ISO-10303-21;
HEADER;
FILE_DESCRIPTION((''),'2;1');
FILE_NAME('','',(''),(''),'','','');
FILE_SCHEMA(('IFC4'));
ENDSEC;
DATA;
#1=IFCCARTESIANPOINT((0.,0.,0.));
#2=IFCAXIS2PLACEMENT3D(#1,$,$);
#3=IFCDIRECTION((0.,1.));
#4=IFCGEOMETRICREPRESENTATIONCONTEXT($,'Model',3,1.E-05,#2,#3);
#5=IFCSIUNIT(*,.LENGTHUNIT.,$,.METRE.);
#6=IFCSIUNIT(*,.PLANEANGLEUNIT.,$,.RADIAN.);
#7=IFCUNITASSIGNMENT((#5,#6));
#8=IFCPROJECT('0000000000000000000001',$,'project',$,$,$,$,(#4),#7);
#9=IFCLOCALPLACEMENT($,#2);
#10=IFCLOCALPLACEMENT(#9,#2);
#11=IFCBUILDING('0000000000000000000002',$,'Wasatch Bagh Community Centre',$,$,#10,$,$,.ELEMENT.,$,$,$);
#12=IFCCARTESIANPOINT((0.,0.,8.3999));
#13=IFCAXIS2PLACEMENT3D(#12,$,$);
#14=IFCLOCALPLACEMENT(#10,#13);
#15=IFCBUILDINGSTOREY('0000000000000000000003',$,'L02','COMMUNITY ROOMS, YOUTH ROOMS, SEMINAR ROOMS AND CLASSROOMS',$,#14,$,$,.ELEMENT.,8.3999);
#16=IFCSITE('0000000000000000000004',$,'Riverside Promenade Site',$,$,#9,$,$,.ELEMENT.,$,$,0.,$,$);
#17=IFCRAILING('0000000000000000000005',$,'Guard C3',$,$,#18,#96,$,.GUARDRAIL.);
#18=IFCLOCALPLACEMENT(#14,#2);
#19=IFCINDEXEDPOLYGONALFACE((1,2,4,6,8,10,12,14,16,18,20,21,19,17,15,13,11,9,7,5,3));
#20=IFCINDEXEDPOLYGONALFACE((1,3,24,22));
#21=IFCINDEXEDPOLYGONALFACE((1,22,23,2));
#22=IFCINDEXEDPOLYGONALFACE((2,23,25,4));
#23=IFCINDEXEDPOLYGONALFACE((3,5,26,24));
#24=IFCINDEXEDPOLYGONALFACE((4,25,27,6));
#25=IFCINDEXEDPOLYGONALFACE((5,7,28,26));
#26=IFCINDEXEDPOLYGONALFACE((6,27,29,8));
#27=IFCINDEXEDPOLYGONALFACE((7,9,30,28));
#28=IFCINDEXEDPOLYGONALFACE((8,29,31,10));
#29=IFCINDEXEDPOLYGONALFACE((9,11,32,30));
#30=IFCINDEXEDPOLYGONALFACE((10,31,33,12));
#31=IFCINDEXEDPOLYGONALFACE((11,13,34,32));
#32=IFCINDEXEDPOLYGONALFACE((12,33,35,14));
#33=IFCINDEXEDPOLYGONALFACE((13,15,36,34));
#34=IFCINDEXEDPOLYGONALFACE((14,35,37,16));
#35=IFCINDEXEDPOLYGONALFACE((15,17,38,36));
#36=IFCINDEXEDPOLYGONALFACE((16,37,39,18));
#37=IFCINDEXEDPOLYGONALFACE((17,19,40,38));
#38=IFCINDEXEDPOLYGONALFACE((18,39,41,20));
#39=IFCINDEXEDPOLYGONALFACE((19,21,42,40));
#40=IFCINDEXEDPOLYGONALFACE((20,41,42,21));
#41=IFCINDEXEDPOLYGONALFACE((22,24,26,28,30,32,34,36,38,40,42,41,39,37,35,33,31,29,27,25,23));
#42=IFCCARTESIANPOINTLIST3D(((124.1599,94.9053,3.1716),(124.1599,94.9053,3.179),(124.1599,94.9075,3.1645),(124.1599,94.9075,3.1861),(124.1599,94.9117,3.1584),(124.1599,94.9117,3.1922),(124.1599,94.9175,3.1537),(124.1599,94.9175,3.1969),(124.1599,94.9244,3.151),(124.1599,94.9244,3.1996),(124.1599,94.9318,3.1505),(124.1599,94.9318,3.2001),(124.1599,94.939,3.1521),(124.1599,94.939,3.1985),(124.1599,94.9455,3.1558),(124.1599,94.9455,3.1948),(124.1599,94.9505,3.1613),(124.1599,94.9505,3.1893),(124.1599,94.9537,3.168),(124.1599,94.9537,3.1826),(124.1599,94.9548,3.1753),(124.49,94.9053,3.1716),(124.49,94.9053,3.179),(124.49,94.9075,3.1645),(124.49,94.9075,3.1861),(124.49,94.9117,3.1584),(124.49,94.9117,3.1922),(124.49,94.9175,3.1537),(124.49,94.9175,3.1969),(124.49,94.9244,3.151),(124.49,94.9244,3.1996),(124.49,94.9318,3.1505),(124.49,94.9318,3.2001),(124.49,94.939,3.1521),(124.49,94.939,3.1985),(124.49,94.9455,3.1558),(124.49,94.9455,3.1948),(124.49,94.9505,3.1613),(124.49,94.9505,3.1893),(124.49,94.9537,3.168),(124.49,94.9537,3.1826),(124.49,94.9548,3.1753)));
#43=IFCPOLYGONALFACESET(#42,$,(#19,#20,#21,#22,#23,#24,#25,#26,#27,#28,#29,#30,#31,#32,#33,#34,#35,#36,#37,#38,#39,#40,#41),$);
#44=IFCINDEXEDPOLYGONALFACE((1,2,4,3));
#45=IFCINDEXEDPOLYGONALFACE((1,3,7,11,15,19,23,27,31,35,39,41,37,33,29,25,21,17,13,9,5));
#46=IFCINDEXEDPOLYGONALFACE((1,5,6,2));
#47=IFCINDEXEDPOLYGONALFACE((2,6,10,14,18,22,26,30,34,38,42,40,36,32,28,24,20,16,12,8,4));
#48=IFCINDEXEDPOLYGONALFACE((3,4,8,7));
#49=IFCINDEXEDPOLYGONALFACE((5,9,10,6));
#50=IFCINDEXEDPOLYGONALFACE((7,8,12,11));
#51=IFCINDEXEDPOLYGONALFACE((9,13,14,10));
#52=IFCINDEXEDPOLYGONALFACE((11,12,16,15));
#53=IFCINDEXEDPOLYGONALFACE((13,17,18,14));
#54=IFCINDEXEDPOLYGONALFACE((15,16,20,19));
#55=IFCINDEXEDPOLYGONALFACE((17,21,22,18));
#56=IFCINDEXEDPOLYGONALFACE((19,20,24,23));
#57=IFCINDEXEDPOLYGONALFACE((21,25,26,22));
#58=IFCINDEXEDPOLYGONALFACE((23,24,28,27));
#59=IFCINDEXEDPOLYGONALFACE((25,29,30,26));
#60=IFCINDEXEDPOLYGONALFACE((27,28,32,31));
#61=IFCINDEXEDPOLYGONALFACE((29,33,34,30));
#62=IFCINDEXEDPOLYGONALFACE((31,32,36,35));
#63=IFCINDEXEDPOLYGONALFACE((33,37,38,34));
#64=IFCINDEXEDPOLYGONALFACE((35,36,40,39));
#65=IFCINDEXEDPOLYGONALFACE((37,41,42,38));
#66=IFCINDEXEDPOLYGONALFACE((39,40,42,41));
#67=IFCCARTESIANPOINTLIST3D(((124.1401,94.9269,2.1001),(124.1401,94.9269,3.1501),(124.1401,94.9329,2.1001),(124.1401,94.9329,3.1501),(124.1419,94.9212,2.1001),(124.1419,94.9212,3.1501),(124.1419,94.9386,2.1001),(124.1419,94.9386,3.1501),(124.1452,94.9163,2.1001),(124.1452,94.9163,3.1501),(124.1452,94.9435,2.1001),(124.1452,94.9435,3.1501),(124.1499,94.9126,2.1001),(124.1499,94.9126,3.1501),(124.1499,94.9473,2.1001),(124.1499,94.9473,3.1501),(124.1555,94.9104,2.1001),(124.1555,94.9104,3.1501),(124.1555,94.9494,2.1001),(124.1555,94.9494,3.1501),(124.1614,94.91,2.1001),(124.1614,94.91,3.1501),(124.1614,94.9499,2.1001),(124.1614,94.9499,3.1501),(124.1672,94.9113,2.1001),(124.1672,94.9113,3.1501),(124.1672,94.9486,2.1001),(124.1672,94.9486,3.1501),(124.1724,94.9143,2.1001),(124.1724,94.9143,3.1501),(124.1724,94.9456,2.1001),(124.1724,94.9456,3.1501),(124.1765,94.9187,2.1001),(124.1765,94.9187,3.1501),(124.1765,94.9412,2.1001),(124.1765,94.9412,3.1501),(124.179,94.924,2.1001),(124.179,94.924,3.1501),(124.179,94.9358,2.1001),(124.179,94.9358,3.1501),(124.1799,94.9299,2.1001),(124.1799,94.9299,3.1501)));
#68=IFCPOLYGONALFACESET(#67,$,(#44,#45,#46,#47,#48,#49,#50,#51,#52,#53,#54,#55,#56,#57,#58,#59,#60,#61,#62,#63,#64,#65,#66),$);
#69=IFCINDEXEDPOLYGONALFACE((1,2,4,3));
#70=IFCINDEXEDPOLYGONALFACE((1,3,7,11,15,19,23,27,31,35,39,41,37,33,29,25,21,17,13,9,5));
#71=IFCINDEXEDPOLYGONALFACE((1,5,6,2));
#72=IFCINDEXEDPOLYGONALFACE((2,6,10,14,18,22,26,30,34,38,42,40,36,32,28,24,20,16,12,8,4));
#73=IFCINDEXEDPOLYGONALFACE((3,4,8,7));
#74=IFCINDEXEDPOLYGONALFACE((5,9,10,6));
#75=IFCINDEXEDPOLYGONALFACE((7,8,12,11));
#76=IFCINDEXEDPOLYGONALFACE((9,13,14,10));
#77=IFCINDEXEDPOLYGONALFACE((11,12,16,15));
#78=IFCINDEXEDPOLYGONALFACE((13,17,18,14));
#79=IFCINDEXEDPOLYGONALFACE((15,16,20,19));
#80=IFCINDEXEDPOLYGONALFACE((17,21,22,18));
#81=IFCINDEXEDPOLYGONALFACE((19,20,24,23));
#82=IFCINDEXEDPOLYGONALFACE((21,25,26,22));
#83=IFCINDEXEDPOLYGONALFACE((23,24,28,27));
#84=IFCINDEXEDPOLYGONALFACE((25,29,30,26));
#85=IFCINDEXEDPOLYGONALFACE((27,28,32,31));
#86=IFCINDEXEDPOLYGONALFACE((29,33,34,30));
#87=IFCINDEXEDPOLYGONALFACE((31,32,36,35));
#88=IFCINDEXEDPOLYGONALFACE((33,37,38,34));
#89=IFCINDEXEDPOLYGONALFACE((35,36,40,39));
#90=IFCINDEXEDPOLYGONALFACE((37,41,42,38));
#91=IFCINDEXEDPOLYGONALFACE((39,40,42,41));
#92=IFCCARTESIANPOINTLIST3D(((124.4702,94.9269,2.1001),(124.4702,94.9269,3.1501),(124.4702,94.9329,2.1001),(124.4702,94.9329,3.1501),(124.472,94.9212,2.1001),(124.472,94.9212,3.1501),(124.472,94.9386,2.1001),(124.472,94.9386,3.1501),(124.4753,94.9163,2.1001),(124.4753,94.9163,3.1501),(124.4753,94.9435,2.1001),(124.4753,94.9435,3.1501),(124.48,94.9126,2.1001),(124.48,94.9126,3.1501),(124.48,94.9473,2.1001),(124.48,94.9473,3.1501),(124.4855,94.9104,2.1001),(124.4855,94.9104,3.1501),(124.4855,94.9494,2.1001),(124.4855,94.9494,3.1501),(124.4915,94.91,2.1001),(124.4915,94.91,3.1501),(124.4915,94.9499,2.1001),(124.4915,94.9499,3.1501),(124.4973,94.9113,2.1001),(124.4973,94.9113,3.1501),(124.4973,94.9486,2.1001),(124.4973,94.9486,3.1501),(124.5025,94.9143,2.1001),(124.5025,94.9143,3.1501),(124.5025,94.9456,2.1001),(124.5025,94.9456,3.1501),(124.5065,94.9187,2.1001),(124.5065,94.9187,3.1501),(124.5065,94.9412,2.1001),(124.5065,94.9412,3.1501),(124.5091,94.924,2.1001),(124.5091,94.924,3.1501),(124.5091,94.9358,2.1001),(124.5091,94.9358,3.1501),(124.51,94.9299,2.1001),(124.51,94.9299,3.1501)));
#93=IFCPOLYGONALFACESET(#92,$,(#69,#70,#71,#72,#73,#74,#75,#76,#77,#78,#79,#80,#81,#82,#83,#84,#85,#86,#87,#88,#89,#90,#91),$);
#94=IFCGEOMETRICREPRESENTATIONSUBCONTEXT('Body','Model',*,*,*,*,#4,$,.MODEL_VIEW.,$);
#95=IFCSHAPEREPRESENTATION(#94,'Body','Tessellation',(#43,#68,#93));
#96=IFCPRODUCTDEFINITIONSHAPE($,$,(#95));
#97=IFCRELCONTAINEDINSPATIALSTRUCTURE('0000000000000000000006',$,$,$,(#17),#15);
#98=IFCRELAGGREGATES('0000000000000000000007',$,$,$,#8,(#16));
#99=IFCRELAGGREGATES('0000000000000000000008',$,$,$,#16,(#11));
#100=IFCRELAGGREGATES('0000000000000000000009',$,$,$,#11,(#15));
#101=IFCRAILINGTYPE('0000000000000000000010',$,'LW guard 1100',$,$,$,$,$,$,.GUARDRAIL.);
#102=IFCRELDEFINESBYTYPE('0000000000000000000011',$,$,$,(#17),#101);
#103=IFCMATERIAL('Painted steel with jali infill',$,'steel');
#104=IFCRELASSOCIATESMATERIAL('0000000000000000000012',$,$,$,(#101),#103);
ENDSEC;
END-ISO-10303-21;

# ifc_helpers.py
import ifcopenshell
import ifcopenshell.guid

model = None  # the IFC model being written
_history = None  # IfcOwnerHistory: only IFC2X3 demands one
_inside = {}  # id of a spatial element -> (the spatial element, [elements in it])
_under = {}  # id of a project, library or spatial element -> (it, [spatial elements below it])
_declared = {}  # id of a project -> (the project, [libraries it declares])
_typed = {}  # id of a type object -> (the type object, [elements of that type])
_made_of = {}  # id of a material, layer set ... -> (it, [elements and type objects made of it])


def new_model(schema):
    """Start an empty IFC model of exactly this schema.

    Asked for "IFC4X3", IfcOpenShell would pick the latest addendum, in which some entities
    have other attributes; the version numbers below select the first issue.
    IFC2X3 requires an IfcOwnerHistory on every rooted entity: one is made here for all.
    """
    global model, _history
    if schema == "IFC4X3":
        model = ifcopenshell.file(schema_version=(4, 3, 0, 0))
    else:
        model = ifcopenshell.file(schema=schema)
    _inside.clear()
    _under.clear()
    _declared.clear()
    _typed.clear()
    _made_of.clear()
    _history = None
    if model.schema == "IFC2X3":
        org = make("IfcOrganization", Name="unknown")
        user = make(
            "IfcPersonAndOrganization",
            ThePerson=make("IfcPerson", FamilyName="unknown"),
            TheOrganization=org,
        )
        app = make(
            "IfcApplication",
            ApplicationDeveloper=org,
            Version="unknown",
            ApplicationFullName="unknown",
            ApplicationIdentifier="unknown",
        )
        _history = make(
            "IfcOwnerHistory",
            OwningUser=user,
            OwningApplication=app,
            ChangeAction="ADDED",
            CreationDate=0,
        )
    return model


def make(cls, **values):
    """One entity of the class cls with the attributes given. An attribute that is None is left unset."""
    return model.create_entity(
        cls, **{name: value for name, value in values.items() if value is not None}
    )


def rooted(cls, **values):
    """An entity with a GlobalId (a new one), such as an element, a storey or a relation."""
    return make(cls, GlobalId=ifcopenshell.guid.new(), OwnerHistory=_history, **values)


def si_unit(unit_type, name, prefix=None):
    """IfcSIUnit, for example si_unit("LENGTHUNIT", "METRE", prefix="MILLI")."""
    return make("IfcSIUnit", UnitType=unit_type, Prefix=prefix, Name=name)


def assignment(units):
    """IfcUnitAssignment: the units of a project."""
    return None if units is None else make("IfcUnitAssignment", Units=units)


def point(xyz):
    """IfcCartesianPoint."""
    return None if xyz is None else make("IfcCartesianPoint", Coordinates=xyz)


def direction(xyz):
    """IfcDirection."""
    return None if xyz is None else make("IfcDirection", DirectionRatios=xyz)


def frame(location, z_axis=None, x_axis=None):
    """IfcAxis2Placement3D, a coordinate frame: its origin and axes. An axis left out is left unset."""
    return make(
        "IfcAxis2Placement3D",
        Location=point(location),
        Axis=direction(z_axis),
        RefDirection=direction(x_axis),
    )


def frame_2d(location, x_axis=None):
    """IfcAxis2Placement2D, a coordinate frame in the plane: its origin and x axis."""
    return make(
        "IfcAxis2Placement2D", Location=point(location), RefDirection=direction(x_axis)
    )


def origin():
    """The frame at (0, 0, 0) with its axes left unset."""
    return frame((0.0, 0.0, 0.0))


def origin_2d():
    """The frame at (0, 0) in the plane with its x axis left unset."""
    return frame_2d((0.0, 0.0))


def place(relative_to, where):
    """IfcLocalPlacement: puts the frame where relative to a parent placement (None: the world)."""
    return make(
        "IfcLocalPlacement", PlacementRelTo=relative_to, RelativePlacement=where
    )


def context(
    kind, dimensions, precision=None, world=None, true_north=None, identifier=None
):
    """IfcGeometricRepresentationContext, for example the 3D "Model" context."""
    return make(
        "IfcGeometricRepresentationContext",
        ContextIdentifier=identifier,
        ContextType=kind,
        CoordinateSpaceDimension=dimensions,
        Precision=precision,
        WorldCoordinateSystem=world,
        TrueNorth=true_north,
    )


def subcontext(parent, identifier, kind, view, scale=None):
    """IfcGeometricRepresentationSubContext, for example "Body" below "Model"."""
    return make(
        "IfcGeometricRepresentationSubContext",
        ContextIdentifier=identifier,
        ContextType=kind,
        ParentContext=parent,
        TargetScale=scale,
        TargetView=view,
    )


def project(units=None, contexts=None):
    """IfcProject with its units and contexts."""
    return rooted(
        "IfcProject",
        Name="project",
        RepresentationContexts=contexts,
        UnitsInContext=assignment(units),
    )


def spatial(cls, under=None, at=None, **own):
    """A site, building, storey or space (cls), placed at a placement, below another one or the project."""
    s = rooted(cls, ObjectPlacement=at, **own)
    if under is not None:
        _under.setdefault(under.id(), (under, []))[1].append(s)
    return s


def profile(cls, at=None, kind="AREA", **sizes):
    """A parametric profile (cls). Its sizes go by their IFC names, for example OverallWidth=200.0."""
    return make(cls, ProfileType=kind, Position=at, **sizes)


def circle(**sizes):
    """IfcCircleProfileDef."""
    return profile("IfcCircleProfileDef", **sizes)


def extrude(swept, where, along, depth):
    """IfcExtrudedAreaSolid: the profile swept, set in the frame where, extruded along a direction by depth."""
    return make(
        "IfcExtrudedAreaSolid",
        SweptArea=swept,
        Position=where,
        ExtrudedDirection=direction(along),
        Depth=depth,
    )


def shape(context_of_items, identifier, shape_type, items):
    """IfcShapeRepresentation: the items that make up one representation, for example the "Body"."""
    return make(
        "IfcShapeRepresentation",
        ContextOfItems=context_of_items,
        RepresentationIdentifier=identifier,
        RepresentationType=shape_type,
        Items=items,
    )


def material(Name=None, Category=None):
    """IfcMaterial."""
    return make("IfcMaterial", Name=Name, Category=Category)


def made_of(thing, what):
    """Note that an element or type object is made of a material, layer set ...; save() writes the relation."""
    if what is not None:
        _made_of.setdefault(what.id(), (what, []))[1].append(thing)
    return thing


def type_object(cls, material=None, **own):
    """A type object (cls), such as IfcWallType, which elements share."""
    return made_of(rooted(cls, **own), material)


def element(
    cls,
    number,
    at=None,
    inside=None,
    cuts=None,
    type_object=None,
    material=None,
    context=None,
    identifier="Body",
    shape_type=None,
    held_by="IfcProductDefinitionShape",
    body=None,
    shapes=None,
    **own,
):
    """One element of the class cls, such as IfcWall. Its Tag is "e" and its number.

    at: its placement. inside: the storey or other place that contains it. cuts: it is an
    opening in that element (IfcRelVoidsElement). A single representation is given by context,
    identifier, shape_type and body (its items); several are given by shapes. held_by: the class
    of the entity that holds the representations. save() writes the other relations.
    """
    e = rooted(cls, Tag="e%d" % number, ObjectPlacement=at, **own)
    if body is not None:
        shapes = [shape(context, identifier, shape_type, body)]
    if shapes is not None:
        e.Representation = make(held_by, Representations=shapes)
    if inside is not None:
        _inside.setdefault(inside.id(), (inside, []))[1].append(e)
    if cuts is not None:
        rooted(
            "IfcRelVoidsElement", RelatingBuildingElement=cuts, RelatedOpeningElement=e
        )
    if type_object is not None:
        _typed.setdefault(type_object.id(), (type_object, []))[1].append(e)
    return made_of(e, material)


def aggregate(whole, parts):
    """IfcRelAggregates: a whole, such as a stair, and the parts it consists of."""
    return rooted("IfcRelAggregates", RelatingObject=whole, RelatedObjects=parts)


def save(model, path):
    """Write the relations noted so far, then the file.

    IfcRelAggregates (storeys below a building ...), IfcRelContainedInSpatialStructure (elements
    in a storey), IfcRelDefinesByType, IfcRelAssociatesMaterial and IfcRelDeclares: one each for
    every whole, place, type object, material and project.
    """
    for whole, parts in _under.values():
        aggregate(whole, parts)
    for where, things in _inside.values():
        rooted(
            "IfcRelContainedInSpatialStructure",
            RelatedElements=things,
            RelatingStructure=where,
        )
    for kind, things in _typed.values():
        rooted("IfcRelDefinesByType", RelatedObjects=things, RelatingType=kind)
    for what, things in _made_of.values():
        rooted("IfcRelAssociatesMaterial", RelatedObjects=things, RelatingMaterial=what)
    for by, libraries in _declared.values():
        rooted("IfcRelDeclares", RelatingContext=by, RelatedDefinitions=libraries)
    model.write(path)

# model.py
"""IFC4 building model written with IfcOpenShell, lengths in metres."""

from ifc_helpers import new_model, si_unit, direction, frame, origin, origin_2d, place, context, subcontext, project, spatial, circle, extrude, material, type_object, element, save


model = new_model("IFC4")

# Units and contexts
model_context = context("Model", 3, precision=1e-05, world=origin(), true_north=direction((0.0, 1.0)))
body_context = subcontext(model_context, "Body", "Model", "MODEL_VIEW")
ifc_project = project(units=[si_unit("LENGTHUNIT", "METRE"), si_unit("PLANEANGLEUNIT", "RADIAN")], contexts=[model_context])

# Site, building, storey
site_placement = place(None, origin())
site = spatial("IfcSite", under=ifc_project, at=site_placement, Name="Riverside Promenade Site", CompositionType="ELEMENT", RefElevation=0.0)
building_placement = place(site_placement, origin())
building = spatial("IfcBuilding", under=site, at=building_placement, Name="Wasatch Bagh Community Centre", CompositionType="ELEMENT")
storey_placement = place(building_placement, frame((0.0, 0.0, 8.3999)))
storey = spatial("IfcBuildingStorey", under=building, at=storey_placement, Name="L02", Description="COMMUNITY ROOMS, YOUTH ROOMS, SEMINAR ROOMS AND CLASSROOMS", CompositionType="ELEMENT", Elevation=8.3999)

# Railing
ifc_material_1 = material(Name="Painted steel with jali infill", Category="steel")
railing_type_1 = type_object("IfcRailingType", Name="LW guard 1100", PredefinedType="GUARDRAIL", material=ifc_material_1)
railing_placement = place(storey_placement, frame((124.1599, 94.9299, 2.1001)))
element("IfcRailing", 1, at=railing_placement, inside=storey, type_object=railing_type_1, Name="Guard C3", PredefinedType="GUARDRAIL", context=body_context, shape_type="SweptSolid", body=[
    extrude(circle(Radius=0.0249, at=origin_2d()), frame((0.0, 0.0, 1.0752), z_axis=(1.0, 0.0, 0.0), x_axis=(0.0, 1.0, 0.0)), (0.0, 0.0, 1.0), 0.3301),
    extrude(circle(Radius=0.02, at=origin_2d()), origin(), (0.0, 0.0, 1.0), 1.05),
    extrude(circle(Radius=0.02, at=origin_2d()), frame((0.3301, 0.0, 0.0)), (0.0, 0.0, 1.0), 1.05),
])

save(model, "model.ifc")
